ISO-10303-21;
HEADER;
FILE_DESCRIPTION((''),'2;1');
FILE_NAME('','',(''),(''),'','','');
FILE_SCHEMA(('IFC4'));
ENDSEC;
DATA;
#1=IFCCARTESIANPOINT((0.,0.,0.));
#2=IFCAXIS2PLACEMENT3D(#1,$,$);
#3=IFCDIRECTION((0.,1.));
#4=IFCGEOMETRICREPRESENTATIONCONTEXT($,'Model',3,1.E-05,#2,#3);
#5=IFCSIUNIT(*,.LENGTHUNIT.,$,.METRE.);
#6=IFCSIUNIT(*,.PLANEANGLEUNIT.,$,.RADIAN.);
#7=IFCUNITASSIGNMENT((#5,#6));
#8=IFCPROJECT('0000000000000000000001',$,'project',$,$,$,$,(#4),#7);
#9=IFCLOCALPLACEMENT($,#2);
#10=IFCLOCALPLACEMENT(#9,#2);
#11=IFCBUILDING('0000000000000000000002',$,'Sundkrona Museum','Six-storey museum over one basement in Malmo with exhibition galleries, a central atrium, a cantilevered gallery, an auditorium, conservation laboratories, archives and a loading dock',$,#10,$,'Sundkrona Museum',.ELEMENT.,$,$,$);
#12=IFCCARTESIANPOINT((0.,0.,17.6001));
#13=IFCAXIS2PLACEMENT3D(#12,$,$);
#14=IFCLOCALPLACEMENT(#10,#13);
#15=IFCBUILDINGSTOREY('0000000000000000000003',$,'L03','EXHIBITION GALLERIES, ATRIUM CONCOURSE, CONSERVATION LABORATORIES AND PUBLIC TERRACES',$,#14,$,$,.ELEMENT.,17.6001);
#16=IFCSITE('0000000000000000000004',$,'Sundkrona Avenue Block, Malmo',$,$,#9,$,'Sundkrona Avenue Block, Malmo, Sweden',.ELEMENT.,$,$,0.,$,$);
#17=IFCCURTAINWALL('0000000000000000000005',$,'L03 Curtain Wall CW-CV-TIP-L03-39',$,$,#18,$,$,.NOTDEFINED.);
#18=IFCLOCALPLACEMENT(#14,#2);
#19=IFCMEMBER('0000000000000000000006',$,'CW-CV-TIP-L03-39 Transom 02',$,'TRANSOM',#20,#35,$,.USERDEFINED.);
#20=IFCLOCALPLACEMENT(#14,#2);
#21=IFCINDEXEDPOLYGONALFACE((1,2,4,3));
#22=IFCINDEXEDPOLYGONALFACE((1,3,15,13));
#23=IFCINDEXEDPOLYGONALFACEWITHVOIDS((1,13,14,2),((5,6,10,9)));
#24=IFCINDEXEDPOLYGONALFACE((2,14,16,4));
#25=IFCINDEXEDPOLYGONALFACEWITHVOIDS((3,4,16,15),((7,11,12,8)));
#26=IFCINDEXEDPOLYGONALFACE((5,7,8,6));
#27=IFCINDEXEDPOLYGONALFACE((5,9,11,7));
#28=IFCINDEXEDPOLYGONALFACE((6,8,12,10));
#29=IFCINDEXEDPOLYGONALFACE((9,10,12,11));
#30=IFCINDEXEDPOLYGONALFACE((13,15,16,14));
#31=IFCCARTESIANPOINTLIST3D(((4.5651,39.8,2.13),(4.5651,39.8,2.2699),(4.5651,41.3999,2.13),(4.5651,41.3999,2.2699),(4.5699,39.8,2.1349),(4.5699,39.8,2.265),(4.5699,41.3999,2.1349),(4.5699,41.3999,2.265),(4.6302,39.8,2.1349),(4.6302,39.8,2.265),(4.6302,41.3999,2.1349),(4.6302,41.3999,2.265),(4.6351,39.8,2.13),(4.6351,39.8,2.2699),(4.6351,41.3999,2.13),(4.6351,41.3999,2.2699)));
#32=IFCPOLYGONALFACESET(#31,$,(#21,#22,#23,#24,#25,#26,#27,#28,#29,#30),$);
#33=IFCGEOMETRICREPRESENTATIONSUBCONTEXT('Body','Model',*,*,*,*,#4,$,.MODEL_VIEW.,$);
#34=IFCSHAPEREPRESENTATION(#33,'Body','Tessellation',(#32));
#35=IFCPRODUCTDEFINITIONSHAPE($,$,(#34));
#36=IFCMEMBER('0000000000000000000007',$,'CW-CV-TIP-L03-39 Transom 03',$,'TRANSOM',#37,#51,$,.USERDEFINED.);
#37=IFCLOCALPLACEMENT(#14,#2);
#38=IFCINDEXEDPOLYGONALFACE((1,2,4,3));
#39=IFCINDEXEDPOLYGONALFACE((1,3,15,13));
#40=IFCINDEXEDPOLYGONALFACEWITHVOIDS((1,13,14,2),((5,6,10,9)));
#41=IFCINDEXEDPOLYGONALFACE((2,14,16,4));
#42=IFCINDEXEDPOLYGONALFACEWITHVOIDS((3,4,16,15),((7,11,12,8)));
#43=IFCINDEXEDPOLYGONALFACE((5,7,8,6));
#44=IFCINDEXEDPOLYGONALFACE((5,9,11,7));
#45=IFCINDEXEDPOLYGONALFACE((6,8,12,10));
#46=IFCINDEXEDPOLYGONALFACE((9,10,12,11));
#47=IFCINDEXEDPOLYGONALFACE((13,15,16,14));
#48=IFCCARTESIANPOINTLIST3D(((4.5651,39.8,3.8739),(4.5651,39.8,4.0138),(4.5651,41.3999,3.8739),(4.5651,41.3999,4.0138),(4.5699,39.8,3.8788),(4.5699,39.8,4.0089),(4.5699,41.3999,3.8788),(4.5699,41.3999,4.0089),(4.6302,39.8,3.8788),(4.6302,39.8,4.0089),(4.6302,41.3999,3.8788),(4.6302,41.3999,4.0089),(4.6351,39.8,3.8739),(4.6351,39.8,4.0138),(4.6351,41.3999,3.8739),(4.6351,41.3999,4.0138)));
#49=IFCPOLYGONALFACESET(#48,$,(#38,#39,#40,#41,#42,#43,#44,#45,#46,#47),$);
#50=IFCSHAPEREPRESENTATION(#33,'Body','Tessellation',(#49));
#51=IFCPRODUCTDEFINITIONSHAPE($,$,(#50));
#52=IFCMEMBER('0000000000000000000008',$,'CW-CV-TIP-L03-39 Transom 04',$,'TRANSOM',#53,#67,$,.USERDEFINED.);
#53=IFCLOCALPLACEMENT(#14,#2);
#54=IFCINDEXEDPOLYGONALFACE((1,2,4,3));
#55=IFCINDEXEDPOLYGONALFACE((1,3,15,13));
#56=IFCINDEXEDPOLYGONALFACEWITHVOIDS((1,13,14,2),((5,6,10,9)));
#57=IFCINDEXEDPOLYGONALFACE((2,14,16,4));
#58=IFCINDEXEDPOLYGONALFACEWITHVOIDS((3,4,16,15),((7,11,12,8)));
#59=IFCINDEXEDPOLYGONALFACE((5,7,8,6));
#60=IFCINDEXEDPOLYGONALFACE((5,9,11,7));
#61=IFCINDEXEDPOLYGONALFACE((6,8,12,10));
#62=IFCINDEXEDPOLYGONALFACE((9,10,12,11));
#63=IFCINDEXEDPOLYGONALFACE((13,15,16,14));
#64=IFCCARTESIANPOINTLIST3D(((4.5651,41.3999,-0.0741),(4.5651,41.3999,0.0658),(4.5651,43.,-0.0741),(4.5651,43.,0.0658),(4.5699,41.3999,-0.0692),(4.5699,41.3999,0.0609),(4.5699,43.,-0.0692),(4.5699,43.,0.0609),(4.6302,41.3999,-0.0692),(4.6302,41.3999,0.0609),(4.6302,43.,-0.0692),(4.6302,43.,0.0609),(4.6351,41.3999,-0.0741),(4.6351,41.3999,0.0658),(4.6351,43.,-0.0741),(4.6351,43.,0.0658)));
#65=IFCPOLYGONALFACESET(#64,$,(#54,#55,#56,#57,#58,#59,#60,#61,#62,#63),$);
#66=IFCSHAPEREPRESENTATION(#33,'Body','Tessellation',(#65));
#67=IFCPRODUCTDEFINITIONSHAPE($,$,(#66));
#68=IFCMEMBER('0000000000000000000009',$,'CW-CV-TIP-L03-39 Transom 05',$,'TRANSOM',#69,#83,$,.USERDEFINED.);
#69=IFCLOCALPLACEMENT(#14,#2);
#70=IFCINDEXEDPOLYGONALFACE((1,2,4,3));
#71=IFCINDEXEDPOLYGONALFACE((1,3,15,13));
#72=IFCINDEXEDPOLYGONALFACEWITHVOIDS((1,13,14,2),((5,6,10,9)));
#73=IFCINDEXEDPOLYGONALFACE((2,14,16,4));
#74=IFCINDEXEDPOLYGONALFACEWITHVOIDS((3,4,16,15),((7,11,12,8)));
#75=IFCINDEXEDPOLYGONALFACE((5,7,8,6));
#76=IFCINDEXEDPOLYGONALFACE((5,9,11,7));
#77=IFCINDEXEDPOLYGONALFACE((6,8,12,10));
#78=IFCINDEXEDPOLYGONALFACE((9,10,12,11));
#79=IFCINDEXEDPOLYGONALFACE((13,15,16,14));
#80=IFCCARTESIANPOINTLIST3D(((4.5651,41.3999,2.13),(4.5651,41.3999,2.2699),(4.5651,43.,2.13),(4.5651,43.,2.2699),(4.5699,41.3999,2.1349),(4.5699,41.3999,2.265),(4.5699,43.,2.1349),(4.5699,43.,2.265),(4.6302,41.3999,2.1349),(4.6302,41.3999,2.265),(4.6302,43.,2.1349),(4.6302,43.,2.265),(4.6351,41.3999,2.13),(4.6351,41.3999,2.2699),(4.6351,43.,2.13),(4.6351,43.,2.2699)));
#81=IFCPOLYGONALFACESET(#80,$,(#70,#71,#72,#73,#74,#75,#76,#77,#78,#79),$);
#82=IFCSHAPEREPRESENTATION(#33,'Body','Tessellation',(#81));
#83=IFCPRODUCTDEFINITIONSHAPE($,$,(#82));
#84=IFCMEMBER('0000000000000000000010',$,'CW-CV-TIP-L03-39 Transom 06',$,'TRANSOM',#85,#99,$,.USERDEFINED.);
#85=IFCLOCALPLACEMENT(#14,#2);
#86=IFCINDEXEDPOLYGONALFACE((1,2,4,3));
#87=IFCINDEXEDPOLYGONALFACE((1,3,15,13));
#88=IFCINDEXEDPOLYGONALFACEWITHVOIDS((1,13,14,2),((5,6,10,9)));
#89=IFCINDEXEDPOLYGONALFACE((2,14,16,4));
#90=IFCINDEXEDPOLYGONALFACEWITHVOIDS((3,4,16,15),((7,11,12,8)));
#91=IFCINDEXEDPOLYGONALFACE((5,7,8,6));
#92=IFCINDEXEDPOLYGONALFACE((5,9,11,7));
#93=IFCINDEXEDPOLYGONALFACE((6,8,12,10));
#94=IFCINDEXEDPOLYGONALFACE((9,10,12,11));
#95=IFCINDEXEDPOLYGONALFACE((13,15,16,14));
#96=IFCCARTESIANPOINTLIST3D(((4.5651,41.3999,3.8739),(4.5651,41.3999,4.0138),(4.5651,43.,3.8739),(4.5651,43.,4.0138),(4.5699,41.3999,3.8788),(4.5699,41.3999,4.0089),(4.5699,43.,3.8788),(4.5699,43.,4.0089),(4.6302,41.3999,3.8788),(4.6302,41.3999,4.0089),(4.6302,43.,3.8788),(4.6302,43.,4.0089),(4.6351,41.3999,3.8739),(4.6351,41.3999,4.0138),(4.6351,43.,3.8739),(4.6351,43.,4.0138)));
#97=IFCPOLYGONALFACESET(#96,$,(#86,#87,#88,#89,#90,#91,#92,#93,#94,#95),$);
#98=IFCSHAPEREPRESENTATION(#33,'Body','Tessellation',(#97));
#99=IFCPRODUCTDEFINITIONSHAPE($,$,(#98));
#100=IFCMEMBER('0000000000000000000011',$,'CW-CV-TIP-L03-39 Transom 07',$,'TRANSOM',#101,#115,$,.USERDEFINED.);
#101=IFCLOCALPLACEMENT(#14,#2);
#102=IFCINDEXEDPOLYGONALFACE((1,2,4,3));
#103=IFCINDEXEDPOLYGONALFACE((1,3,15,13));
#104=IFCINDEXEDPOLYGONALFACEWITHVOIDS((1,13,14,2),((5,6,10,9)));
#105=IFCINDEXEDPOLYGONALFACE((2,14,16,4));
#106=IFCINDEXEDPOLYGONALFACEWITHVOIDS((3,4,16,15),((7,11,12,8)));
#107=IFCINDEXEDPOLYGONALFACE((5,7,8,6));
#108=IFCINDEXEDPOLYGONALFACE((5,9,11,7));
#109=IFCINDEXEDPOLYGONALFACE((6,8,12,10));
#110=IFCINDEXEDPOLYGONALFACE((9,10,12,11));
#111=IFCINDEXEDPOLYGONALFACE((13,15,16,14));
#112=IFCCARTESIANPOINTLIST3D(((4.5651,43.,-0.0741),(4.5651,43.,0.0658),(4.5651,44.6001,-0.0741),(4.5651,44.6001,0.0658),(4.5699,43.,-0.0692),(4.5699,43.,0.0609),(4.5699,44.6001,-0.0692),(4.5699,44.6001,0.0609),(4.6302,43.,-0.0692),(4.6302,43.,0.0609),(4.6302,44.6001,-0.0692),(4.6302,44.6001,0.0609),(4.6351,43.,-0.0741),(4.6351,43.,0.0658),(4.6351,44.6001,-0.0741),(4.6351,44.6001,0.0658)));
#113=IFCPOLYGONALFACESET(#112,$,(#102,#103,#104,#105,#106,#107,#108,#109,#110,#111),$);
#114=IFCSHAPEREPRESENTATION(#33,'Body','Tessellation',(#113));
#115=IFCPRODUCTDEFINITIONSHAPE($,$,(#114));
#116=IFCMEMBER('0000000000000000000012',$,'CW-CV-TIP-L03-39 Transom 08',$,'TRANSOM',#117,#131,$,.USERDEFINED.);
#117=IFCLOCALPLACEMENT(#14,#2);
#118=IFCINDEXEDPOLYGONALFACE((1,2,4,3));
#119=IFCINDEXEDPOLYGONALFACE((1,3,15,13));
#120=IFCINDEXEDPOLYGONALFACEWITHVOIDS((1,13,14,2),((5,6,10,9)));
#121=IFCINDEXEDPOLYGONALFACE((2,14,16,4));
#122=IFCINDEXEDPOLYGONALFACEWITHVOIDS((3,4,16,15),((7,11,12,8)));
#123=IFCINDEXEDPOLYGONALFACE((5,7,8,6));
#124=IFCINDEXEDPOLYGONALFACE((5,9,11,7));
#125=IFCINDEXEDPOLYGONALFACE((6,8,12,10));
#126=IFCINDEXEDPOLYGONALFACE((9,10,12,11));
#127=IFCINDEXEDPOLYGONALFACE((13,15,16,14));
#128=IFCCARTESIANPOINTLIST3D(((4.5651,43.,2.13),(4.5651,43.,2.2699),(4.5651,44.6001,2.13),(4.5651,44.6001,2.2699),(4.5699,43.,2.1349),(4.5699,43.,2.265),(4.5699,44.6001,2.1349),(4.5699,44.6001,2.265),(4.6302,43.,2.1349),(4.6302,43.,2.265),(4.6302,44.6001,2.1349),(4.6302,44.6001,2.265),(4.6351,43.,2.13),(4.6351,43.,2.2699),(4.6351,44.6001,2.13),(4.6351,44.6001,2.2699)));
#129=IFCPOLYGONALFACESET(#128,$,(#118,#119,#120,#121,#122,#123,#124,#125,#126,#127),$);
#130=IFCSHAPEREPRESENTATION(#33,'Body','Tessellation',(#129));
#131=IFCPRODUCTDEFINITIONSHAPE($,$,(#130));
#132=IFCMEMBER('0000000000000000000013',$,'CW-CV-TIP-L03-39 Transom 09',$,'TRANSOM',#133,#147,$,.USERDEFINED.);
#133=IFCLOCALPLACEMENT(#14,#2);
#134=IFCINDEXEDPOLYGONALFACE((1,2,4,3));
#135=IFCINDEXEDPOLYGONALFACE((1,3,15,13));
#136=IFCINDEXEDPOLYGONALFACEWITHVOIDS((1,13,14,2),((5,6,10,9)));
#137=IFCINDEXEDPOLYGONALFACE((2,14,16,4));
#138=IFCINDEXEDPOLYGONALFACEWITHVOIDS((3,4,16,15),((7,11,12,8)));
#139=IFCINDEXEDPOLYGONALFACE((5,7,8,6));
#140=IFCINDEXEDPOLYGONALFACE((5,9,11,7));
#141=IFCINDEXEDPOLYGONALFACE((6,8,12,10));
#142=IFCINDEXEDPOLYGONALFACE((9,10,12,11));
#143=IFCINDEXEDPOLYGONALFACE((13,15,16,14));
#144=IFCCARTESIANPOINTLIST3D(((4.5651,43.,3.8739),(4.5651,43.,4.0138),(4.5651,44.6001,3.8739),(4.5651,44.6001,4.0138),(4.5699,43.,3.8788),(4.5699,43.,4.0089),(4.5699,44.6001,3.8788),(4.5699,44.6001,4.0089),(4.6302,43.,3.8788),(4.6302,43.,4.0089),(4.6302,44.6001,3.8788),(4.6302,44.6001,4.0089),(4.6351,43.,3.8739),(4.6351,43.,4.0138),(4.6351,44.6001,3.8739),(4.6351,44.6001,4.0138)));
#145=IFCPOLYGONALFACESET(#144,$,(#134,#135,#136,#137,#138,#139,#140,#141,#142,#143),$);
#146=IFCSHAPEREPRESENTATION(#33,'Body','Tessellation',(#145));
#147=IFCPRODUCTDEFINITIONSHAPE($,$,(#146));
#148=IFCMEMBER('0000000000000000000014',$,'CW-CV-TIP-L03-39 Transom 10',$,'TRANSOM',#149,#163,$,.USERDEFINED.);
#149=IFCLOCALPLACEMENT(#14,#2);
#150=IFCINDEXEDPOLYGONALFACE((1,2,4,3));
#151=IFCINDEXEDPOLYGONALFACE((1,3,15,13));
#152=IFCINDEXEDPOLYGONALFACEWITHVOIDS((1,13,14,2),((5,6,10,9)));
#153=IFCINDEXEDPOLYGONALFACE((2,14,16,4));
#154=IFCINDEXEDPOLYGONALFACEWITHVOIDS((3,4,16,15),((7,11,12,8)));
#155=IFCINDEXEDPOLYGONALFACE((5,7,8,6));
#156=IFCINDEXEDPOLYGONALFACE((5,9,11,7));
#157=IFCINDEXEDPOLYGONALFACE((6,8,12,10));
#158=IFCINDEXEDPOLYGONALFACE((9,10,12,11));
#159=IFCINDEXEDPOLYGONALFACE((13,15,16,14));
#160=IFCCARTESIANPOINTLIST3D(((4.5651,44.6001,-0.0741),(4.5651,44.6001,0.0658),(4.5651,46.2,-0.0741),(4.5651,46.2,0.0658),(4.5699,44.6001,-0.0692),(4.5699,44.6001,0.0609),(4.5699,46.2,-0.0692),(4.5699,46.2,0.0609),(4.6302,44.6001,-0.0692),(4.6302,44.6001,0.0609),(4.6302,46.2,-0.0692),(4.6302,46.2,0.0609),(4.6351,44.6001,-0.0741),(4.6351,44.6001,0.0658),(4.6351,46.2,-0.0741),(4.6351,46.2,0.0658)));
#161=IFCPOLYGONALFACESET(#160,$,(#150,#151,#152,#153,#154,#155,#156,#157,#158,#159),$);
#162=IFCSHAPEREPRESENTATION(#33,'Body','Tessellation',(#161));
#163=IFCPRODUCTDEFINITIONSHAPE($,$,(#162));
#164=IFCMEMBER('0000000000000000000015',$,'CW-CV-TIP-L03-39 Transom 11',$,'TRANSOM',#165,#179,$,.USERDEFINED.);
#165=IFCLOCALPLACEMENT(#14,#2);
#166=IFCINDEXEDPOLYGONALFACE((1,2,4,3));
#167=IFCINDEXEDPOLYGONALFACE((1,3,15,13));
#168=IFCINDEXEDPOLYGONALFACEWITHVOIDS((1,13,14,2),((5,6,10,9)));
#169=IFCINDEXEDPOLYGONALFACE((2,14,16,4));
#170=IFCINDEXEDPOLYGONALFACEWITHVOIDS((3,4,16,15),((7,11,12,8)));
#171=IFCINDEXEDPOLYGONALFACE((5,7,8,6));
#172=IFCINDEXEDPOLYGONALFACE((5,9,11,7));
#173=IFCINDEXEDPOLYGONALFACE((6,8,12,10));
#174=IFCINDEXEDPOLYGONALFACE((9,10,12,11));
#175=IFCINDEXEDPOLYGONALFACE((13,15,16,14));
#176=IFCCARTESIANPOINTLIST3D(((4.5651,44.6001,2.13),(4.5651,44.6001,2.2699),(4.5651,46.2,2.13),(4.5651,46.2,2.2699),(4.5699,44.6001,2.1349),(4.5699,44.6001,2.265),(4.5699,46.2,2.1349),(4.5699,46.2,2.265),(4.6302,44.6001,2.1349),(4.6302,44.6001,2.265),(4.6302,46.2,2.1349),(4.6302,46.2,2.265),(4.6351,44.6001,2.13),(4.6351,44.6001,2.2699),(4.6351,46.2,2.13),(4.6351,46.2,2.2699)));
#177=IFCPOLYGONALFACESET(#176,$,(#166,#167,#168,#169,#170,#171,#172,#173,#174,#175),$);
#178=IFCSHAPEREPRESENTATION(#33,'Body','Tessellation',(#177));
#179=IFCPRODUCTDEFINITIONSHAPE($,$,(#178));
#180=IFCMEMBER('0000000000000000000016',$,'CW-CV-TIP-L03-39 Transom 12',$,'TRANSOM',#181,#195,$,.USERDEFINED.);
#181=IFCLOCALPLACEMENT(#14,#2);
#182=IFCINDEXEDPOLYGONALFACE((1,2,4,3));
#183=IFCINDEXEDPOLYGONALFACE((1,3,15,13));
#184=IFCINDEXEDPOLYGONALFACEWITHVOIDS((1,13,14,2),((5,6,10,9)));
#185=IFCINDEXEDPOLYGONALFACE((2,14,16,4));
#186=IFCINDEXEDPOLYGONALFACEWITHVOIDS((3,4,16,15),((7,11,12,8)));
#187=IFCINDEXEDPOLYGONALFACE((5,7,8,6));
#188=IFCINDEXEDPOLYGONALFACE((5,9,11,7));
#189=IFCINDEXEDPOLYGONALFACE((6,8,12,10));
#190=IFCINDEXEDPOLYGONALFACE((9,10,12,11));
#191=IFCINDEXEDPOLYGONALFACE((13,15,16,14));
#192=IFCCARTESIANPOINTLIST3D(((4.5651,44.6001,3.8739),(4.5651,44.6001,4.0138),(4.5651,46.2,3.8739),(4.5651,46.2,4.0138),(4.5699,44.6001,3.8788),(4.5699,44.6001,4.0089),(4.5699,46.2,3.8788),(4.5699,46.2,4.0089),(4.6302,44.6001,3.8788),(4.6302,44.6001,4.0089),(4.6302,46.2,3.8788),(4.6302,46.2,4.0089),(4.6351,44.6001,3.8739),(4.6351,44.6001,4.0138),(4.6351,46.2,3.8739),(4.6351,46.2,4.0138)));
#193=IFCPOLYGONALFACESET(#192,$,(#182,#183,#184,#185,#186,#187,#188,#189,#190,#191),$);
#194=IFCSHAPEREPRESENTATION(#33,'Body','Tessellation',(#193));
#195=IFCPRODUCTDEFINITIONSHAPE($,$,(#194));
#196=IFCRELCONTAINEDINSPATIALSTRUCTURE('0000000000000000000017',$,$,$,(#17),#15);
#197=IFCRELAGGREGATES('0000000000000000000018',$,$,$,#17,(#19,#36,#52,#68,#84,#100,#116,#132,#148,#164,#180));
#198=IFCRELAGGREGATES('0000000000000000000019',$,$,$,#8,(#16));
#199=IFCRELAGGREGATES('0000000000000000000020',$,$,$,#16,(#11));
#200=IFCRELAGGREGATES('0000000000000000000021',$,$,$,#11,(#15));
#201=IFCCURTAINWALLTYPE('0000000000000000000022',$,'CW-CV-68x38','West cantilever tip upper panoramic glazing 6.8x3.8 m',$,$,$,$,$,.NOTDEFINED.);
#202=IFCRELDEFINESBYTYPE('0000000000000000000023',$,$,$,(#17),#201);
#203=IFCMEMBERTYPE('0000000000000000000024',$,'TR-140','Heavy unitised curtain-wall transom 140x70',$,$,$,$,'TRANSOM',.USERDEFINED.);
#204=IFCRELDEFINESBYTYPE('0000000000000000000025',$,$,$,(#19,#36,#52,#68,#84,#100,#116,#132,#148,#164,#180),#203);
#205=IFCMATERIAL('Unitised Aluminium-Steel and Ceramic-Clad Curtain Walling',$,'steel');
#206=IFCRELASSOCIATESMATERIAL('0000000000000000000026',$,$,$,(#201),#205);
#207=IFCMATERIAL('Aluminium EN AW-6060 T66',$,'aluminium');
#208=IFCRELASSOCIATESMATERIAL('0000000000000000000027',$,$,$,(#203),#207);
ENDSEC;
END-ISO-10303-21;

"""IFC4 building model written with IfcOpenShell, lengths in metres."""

from ifc_helpers import new_model, si_unit, direction, frame, origin, origin_2d, place, context, subcontext, project, spatial, hollow_rectangle, extrude, material, material_profile, profile_set, type_object, element, aggregate, save


model = new_model("IFC4")

# Units and contexts
model_context = context("Model", 3, precision=1e-05, world=origin(), true_north=direction((0.0, 1.0)))
body_context = subcontext(model_context, "Body", "Model", "MODEL_VIEW")
ifc_project = project(units=[si_unit("LENGTHUNIT", "METRE"), si_unit("PLANEANGLEUNIT", "RADIAN")], contexts=[model_context])

# Site, building, storey
site_placement = place(None, origin())
site = spatial("IfcSite", under=ifc_project, at=site_placement, Name="Sundkrona Avenue Block, Malmo", LongName="Sundkrona Avenue Block, Malmo, Sweden", CompositionType="ELEMENT", RefElevation=0.0)
building_placement = place(site_placement, origin())
building = spatial("IfcBuilding", under=site, at=building_placement, Name="Sundkrona Museum", Description="Six-storey museum over one basement in Malmo with exhibition galleries, a central atrium, a cantilevered gallery, an auditorium, conservation laboratories, archives and a loading dock", LongName="Sundkrona Museum", CompositionType="ELEMENT")
storey_placement = place(building_placement, frame((0.0, 0.0, 17.6001)))
storey = spatial("IfcBuildingStorey", under=building, at=storey_placement, Name="L03", Description="EXHIBITION GALLERIES, ATRIUM CONCOURSE, CONSERVATION LABORATORIES AND PUBLIC TERRACES", CompositionType="ELEMENT", Elevation=17.6001)

# Curtain wall
ifc_material_1 = material(Name="Unitised Aluminium-Steel and Ceramic-Clad Curtain Walling", Category="steel")
curtain_wall_type = type_object("IfcCurtainWallType", Name="CW-CV-68x38", Description="West cantilever tip upper panoramic glazing 6.8x3.8 m", PredefinedType="NOTDEFINED", material=ifc_material_1)
curtain_wall_1_placement = place(storey_placement, origin())
curtain_wall_1 = element("IfcCurtainWall", 1, at=curtain_wall_1_placement, inside=storey, type_object=curtain_wall_type, Name="L03 Curtain Wall CW-CV-TIP-L03-39", PredefinedType="NOTDEFINED")
ifc_material_2 = material(Name="Aluminium EN AW-6060 T66", Category="aluminium")

# Members
ifc_material_profile_1 = material_profile(ifc_material_2, hollow_rectangle(XDim=0.0701, YDim=0.1399, WallThickness=0.0049, at=origin_2d()), Name="RHS 140x70x5.0")
ifc_profile_set_1 = profile_set([ifc_material_profile_1], Name="Aluminium EN AW-6060 T66")
member_type_1 = type_object("IfcMemberType", Name="TR-140", Description="Heavy unitised curtain-wall transom 140x70", ElementType="TRANSOM", PredefinedType="USERDEFINED", material=ifc_profile_set_1)
member_1_placement = place(storey_placement, frame((4.6001, 39.8, 2.2), z_axis=(0.0, 1.0, 0.0), x_axis=(-1.0, 0.0, 0.0)))
member_1 = element("IfcMember", 2, at=member_1_placement, type_object=member_type_1, Name="CW-CV-TIP-L03-39 Transom 02", ObjectType="TRANSOM", PredefinedType="USERDEFINED", context=body_context, shape_type="SweptSolid", body=[
    extrude(hollow_rectangle(XDim=0.0701, YDim=0.1399, WallThickness=0.0049, at=origin_2d()), origin(), (0.0, 0.0, 1.0), 1.5999),
])
member_2_placement = place(storey_placement, frame((4.6001, 39.8, 3.9438), z_axis=(0.0, 1.0, 0.0), x_axis=(-1.0, 0.0, 0.0)))
member_2 = element("IfcMember", 3, at=member_2_placement, type_object=member_type_1, Name="CW-CV-TIP-L03-39 Transom 03", ObjectType="TRANSOM", PredefinedType="USERDEFINED", context=body_context, shape_type="SweptSolid", body=[
    extrude(hollow_rectangle(XDim=0.0701, YDim=0.1399, WallThickness=0.0049, at=origin_2d()), origin(), (0.0, 0.0, 1.0), 1.5999),
])
member_3_placement = place(storey_placement, frame((4.6001, 41.3999, -0.0042), z_axis=(0.0, 1.0, 0.0), x_axis=(-1.0, 0.0, 0.0)))
member_3 = element("IfcMember", 4, at=member_3_placement, type_object=member_type_1, Name="CW-CV-TIP-L03-39 Transom 04", ObjectType="TRANSOM", PredefinedType="USERDEFINED", context=body_context, shape_type="SweptSolid", body=[
    extrude(hollow_rectangle(XDim=0.0701, YDim=0.1399, WallThickness=0.0049, at=origin_2d()), origin(), (0.0, 0.0, 1.0), 1.6001),
])
member_4_placement = place(storey_placement, frame((4.6001, 41.3999, 2.2), z_axis=(0.0, 1.0, 0.0), x_axis=(-1.0, 0.0, 0.0)))
member_4 = element("IfcMember", 5, at=member_4_placement, type_object=member_type_1, Name="CW-CV-TIP-L03-39 Transom 05", ObjectType="TRANSOM", PredefinedType="USERDEFINED", context=body_context, shape_type="SweptSolid", body=[
    extrude(hollow_rectangle(XDim=0.0701, YDim=0.1399, WallThickness=0.0049, at=origin_2d()), origin(), (0.0, 0.0, 1.0), 1.6001),
])
member_5_placement = place(storey_placement, frame((4.6001, 41.3999, 3.9438), z_axis=(0.0, 1.0, 0.0), x_axis=(-1.0, 0.0, 0.0)))
member_5 = element("IfcMember", 6, at=member_5_placement, type_object=member_type_1, Name="CW-CV-TIP-L03-39 Transom 06", ObjectType="TRANSOM", PredefinedType="USERDEFINED", context=body_context, shape_type="SweptSolid", body=[
    extrude(hollow_rectangle(XDim=0.0701, YDim=0.1399, WallThickness=0.0049, at=origin_2d()), origin(), (0.0, 0.0, 1.0), 1.6001),
])
member_6_placement = place(storey_placement, frame((4.6001, 43.0, -0.0042), z_axis=(0.0, 1.0, 0.0), x_axis=(-1.0, 0.0, 0.0)))
member_6 = element("IfcMember", 7, at=member_6_placement, type_object=member_type_1, Name="CW-CV-TIP-L03-39 Transom 07", ObjectType="TRANSOM", PredefinedType="USERDEFINED", context=body_context, shape_type="SweptSolid", body=[
    extrude(hollow_rectangle(XDim=0.0701, YDim=0.1399, WallThickness=0.0049, at=origin_2d()), origin(), (0.0, 0.0, 1.0), 1.6001),
])
member_7_placement = place(storey_placement, frame((4.6001, 43.0, 2.2), z_axis=(0.0, 1.0, 0.0), x_axis=(-1.0, 0.0, 0.0)))
member_7 = element("IfcMember", 8, at=member_7_placement, type_object=member_type_1, Name="CW-CV-TIP-L03-39 Transom 08", ObjectType="TRANSOM", PredefinedType="USERDEFINED", context=body_context, shape_type="SweptSolid", body=[
    extrude(hollow_rectangle(XDim=0.0701, YDim=0.1399, WallThickness=0.0049, at=origin_2d()), origin(), (0.0, 0.0, 1.0), 1.6001),
])
member_8_placement = place(storey_placement, frame((4.6001, 43.0, 3.9438), z_axis=(0.0, 1.0, 0.0), x_axis=(-1.0, 0.0, 0.0)))
member_8 = element("IfcMember", 9, at=member_8_placement, type_object=member_type_1, Name="CW-CV-TIP-L03-39 Transom 09", ObjectType="TRANSOM", PredefinedType="USERDEFINED", context=body_context, shape_type="SweptSolid", body=[
    extrude(hollow_rectangle(XDim=0.0701, YDim=0.1399, WallThickness=0.0049, at=origin_2d()), origin(), (0.0, 0.0, 1.0), 1.6001),
])
member_9_placement = place(storey_placement, frame((4.6001, 44.6001, -0.0042), z_axis=(0.0, 1.0, 0.0), x_axis=(-1.0, 0.0, 0.0)))
member_9 = element("IfcMember", 10, at=member_9_placement, type_object=member_type_1, Name="CW-CV-TIP-L03-39 Transom 10", ObjectType="TRANSOM", PredefinedType="USERDEFINED", context=body_context, shape_type="SweptSolid", body=[
    extrude(hollow_rectangle(XDim=0.0701, YDim=0.1399, WallThickness=0.0049, at=origin_2d()), origin(), (0.0, 0.0, 1.0), 1.5999),
])
member_10_placement = place(storey_placement, frame((4.6001, 44.6001, 2.2), z_axis=(0.0, 1.0, 0.0), x_axis=(-1.0, 0.0, 0.0)))
member_10 = element("IfcMember", 11, at=member_10_placement, type_object=member_type_1, Name="CW-CV-TIP-L03-39 Transom 11", ObjectType="TRANSOM", PredefinedType="USERDEFINED", context=body_context, shape_type="SweptSolid", body=[
    extrude(hollow_rectangle(XDim=0.0701, YDim=0.1399, WallThickness=0.0049, at=origin_2d()), origin(), (0.0, 0.0, 1.0), 1.5999),
])
member_11_placement = place(storey_placement, frame((4.6001, 44.6001, 3.9438), z_axis=(0.0, 1.0, 0.0), x_axis=(-1.0, 0.0, 0.0)))
member_11 = element("IfcMember", 12, at=member_11_placement, type_object=member_type_1, Name="CW-CV-TIP-L03-39 Transom 12", ObjectType="TRANSOM", PredefinedType="USERDEFINED", context=body_context, shape_type="SweptSolid", body=[
    extrude(hollow_rectangle(XDim=0.0701, YDim=0.1399, WallThickness=0.0049, at=origin_2d()), origin(), (0.0, 0.0, 1.0), 1.5999),
])

aggregate(curtain_wall_1, [member_1, member_2, member_3, member_4, member_5, member_6, member_7, member_8, member_9, member_10, member_11])

save(model, "model.ifc")
